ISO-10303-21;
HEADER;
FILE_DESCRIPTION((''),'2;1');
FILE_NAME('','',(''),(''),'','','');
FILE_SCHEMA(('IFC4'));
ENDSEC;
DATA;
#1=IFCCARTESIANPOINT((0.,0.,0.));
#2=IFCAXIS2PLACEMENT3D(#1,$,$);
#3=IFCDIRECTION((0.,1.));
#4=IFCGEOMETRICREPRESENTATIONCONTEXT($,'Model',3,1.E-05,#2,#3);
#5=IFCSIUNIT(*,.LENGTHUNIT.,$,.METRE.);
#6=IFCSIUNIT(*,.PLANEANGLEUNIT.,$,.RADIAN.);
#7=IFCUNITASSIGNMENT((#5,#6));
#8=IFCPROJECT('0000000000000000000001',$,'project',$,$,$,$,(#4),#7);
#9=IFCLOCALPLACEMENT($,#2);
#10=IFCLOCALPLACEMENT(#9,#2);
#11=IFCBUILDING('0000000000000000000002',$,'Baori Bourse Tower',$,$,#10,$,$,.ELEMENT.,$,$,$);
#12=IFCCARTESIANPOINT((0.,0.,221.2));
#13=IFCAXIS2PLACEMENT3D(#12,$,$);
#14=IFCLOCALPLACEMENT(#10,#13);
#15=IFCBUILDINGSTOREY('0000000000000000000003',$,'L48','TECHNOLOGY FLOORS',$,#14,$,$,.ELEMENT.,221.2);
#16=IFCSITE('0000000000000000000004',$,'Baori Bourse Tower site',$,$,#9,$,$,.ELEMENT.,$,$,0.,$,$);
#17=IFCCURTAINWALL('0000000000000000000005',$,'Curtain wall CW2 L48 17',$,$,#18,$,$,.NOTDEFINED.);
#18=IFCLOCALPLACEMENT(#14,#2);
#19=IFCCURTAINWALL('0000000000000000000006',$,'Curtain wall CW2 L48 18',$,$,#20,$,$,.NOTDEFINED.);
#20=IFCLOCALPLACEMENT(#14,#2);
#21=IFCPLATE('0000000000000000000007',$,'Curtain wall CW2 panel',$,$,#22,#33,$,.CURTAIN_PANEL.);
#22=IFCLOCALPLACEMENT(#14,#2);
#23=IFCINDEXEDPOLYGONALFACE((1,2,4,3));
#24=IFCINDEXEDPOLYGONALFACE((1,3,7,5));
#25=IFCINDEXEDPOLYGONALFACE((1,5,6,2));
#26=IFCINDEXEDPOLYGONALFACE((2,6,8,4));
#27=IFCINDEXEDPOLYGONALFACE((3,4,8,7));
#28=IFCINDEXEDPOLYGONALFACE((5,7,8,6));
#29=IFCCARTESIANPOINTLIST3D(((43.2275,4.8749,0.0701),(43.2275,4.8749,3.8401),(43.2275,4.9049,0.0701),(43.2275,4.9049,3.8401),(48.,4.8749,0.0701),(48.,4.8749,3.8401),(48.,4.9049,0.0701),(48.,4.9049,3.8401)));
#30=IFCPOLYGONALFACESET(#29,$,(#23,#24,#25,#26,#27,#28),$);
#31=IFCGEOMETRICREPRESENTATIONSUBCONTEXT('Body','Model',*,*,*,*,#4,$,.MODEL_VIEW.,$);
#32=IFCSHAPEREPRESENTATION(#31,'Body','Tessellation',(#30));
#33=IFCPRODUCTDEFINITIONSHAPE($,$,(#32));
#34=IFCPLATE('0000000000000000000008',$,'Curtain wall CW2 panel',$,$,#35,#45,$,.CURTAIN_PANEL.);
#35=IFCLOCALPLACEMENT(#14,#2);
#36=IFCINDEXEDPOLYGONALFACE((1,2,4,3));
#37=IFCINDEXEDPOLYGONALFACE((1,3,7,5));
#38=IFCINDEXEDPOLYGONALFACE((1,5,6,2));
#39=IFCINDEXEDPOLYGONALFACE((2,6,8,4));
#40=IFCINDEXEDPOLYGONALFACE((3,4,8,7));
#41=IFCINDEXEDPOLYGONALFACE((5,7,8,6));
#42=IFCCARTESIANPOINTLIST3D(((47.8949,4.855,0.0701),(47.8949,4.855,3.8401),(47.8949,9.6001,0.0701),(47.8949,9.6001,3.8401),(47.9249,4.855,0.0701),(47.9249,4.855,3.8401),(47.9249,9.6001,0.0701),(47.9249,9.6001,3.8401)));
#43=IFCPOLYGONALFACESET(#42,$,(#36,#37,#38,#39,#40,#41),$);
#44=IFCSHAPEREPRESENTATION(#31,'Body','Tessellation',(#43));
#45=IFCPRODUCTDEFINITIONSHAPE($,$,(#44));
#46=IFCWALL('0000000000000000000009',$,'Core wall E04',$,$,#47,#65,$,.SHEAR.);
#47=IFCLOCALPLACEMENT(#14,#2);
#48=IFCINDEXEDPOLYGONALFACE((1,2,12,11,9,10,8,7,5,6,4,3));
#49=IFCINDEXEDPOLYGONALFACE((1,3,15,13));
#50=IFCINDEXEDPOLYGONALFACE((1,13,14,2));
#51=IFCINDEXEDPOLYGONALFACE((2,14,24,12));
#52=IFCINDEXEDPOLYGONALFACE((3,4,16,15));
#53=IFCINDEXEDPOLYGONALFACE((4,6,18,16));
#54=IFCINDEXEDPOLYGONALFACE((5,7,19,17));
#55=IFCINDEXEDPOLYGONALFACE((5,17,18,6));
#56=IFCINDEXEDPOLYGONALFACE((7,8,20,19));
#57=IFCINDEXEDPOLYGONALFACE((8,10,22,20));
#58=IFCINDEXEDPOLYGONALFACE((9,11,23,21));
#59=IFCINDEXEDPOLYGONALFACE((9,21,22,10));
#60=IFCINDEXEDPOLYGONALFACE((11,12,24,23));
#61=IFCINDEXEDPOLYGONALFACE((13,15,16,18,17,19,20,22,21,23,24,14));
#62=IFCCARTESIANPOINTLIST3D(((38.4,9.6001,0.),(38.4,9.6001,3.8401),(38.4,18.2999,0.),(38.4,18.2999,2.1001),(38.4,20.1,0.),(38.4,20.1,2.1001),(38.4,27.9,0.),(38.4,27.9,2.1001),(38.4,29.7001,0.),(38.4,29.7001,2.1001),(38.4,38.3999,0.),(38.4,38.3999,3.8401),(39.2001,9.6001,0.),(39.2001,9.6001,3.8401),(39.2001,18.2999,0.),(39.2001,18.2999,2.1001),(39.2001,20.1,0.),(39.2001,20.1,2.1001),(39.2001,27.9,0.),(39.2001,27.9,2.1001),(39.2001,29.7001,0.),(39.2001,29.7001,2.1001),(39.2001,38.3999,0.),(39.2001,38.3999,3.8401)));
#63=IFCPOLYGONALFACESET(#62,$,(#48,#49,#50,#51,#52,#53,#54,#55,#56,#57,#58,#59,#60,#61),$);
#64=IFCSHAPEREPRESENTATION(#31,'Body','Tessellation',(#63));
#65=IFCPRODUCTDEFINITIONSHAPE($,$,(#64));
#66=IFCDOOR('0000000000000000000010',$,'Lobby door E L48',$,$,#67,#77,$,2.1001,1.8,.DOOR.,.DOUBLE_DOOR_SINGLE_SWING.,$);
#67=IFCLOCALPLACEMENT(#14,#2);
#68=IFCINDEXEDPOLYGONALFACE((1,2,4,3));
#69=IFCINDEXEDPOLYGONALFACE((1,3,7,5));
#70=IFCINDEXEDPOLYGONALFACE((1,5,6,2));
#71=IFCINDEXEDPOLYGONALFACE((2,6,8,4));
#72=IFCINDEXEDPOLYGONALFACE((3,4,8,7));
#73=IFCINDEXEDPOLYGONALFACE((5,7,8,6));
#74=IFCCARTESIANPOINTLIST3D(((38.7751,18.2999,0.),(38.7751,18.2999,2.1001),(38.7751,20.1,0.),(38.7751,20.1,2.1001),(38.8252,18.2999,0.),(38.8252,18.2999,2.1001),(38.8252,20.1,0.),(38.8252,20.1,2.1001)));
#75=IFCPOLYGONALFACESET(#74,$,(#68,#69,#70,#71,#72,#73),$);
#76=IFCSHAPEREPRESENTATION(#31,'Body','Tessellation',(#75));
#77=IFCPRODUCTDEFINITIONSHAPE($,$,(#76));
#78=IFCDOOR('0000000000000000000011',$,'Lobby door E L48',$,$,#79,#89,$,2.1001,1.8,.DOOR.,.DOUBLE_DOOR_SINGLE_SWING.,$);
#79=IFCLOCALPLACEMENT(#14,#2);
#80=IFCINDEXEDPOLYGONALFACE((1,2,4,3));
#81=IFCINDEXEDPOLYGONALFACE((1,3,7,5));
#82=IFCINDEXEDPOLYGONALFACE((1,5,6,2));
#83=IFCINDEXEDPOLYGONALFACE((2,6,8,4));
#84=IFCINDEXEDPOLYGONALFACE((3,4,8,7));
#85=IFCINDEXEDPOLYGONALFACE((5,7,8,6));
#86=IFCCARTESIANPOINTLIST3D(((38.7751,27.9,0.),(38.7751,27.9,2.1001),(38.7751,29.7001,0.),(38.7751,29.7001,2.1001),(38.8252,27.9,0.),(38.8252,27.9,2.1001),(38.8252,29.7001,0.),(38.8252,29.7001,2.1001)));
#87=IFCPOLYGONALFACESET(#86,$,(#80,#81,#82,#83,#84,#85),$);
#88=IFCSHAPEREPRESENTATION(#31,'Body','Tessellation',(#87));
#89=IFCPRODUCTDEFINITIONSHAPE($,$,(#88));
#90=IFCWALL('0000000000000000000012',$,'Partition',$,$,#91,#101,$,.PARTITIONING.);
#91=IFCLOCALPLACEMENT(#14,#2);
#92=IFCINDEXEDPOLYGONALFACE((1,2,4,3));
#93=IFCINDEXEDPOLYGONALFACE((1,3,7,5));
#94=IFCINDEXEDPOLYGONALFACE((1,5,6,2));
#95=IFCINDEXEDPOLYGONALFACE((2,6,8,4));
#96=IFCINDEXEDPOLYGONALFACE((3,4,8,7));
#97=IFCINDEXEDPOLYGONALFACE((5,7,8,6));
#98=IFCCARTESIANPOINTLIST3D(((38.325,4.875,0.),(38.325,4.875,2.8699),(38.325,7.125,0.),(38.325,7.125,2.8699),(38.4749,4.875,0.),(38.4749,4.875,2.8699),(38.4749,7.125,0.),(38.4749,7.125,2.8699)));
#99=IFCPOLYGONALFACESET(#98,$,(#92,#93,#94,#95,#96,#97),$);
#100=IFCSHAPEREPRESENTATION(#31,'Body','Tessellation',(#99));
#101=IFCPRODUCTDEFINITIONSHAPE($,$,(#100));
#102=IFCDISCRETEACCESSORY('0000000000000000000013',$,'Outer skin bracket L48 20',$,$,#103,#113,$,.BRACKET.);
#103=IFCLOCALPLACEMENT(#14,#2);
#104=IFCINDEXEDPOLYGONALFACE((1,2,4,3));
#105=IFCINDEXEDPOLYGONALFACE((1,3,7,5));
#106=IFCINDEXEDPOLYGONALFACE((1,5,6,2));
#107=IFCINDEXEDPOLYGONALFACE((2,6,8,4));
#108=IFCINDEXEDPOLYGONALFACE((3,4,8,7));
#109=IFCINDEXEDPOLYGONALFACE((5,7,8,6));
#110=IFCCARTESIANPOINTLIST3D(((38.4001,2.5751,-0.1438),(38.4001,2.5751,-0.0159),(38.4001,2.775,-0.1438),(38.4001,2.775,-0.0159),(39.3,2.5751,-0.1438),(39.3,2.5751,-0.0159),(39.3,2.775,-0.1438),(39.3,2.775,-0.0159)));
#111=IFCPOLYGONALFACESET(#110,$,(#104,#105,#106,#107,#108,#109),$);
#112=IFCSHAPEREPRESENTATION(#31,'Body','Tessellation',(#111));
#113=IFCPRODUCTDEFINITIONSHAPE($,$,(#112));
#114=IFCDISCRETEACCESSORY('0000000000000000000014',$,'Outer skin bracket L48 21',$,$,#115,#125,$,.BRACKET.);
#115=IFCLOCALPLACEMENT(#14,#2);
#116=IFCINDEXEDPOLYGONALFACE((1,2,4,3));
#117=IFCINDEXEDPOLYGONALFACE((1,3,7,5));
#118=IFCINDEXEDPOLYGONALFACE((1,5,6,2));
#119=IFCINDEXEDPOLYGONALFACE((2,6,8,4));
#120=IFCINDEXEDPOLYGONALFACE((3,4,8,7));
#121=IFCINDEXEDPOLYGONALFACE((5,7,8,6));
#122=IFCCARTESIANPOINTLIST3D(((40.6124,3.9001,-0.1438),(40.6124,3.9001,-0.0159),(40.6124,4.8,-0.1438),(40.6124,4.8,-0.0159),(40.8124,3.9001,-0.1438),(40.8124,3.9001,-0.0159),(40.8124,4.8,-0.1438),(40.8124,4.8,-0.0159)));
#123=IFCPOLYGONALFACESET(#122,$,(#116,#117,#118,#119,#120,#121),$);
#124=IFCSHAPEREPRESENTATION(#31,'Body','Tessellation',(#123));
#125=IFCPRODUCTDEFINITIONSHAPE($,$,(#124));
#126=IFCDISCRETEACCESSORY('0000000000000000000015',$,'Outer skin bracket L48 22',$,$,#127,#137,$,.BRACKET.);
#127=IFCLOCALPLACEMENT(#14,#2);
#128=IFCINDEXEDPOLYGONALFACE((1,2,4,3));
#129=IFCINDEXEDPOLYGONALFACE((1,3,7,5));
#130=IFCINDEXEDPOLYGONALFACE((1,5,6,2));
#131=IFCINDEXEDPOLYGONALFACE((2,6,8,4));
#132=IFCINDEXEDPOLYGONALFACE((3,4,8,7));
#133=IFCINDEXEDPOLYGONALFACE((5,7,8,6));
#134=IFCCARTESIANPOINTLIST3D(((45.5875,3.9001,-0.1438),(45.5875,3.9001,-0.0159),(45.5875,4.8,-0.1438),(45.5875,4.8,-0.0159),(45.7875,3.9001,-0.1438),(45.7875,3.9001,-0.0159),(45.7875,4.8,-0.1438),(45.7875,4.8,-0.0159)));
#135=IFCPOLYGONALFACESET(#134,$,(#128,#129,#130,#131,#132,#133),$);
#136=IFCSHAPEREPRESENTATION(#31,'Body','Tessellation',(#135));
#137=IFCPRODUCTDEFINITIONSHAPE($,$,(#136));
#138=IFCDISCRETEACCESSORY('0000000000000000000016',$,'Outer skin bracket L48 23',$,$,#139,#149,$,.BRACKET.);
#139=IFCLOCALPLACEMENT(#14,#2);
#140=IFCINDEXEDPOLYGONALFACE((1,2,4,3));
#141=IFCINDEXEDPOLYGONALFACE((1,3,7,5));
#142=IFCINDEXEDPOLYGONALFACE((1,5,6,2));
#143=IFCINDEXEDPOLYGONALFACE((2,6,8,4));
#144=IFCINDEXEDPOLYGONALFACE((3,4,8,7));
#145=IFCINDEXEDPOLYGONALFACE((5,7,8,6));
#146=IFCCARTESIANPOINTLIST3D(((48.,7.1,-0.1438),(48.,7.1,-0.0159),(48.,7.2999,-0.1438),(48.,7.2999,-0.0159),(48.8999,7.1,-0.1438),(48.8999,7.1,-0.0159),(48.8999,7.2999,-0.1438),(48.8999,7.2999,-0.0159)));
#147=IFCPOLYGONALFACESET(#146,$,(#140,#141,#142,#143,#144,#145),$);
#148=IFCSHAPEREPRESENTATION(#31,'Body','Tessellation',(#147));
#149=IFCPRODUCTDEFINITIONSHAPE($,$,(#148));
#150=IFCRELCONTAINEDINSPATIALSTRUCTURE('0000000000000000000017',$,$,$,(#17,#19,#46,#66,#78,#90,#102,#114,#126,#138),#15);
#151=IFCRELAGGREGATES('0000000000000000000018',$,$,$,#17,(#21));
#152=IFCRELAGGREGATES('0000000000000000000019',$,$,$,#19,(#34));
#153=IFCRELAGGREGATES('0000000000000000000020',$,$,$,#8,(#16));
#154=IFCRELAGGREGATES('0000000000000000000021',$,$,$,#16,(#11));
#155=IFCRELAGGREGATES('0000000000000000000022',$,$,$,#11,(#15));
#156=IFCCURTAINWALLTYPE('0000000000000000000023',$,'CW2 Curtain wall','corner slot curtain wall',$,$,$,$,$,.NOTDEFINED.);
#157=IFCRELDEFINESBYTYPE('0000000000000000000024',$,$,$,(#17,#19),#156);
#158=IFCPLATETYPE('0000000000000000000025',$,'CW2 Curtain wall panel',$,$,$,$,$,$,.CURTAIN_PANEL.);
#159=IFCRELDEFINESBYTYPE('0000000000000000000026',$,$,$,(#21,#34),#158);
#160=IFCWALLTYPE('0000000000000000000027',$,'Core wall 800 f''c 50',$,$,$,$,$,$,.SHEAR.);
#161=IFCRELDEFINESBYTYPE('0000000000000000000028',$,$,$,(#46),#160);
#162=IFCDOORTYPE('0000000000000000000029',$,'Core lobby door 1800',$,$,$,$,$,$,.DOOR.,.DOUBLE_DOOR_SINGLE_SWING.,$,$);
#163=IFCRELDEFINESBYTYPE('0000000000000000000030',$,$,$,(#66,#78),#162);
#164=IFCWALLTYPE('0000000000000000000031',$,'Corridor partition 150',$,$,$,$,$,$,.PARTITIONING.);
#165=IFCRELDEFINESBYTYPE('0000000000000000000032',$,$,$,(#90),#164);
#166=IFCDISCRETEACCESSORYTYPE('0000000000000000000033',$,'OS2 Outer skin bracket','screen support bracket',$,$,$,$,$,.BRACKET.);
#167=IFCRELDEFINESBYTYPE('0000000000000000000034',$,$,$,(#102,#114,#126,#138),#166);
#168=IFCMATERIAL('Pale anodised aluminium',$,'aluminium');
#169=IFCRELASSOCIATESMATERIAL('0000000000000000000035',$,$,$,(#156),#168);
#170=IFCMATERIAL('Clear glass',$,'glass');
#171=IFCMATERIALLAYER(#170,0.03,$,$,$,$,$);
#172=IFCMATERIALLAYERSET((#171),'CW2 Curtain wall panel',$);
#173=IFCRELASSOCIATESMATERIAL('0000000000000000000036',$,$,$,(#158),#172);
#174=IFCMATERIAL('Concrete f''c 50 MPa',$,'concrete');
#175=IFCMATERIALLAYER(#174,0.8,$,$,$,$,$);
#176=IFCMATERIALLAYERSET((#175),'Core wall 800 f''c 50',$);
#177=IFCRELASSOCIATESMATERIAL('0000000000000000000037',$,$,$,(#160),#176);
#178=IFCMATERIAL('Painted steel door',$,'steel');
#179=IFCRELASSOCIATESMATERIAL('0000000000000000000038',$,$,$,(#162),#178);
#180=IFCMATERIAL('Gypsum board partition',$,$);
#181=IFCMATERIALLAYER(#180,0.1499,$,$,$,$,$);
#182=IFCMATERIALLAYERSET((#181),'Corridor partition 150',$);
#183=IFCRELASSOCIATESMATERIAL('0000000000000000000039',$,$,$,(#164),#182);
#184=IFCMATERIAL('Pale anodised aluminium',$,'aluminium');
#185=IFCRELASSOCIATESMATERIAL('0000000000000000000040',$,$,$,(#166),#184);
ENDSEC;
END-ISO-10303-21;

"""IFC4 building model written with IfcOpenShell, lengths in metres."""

from ifc_helpers import new_model, si_unit, direction, frame, frame_2d, origin, origin_2d, place, context, subcontext, project, spatial, rectangle, extrude, material, layer, layer_set, type_object, element, fill, aggregate, save


model = new_model("IFC4")

# Units and contexts
model_context = context("Model", 3, precision=1e-05, world=origin(), true_north=direction((0.0, 1.0)))
body_context = subcontext(model_context, "Body", "Model", "MODEL_VIEW")
ifc_project = project(units=[si_unit("LENGTHUNIT", "METRE"), si_unit("PLANEANGLEUNIT", "RADIAN")], contexts=[model_context])

# Site, building, storey
site_placement = place(None, origin())
site = spatial("IfcSite", under=ifc_project, at=site_placement, Name="Baori Bourse Tower site", CompositionType="ELEMENT", RefElevation=0.0)
building_placement = place(site_placement, origin())
building = spatial("IfcBuilding", under=site, at=building_placement, Name="Baori Bourse Tower", CompositionType="ELEMENT")
storey_placement = place(building_placement, frame((0.0, 0.0, 221.2)))
storey = spatial("IfcBuildingStorey", under=building, at=storey_placement, Name="L48", Description="TECHNOLOGY FLOORS", CompositionType="ELEMENT", Elevation=221.2)

# Curtain wall
ifc_material_1 = material(Name="Pale anodised aluminium", Category="aluminium")
curtain_wall_type = type_object("IfcCurtainWallType", Name="CW2 Curtain wall", Description="corner slot curtain wall", PredefinedType="NOTDEFINED", material=ifc_material_1)
curtain_wall_1_placement = place(storey_placement, origin())
curtain_wall_1 = element("IfcCurtainWall", 1, at=curtain_wall_1_placement, inside=storey, type_object=curtain_wall_type, Name="Curtain wall CW2 L48 17", PredefinedType="NOTDEFINED")

# Curtain wall
curtain_wall_2_placement = place(storey_placement, origin())
curtain_wall_2 = element("IfcCurtainWall", 2, at=curtain_wall_2_placement, inside=storey, type_object=curtain_wall_type, Name="Curtain wall CW2 L48 18", PredefinedType="NOTDEFINED")

# Plates
ifc_material_2 = material(Name="Clear glass", Category="glass")
ifc_layer_1 = layer(ifc_material_2, 0.03)
ifc_layer_set_1 = layer_set([ifc_layer_1], Name="CW2 Curtain wall panel")
plate_type = type_object("IfcPlateType", Name="CW2 Curtain wall panel", PredefinedType="CURTAIN_PANEL", material=ifc_layer_set_1)
plate_1_placement = place(storey_placement, frame((45.6138, 4.8899, 0.0701), z_axis=(0.0, 0.0, 1.0), x_axis=(1.0, 0.0, 0.0)))
plate_1 = element("IfcPlate", 3, at=plate_1_placement, type_object=plate_type, Name="Curtain wall CW2 panel", PredefinedType="CURTAIN_PANEL", context=body_context, shape_type="SweptSolid", body=[
    extrude(rectangle(XDim=4.7725, YDim=0.03, at=origin_2d()), origin(), (0.0, 0.0, 1.0), 3.77),
])
aggregate(curtain_wall_1, [plate_1])
plate_2_placement = place(storey_placement, frame((47.9099, 7.2275, 0.0701), z_axis=(0.0, 0.0, 1.0), x_axis=(0.0, 1.0, 0.0)))
plate_2 = element("IfcPlate", 4, at=plate_2_placement, type_object=plate_type, Name="Curtain wall CW2 panel", PredefinedType="CURTAIN_PANEL", context=body_context, shape_type="SweptSolid", body=[
    extrude(rectangle(XDim=4.7451, YDim=0.03, at=origin_2d()), origin(), (0.0, 0.0, 1.0), 3.77),
])
aggregate(curtain_wall_2, [plate_2])

# Wall, openings, doors
ifc_material_3 = material(Name="Concrete f'c 50 MPa", Category="concrete")
ifc_layer_2 = layer(ifc_material_3, 0.8)
ifc_layer_set_2 = layer_set([ifc_layer_2], Name="Core wall 800 f'c 50")
wall_type_1 = type_object("IfcWallType", Name="Core wall 800 f'c 50", PredefinedType="SHEAR", material=ifc_layer_set_2)
wall_1_placement = place(storey_placement, frame((38.8, 9.6001, 0.0), z_axis=(0.0, 0.0, 1.0), x_axis=(0.0, 1.0, 0.0)))
wall_1 = element("IfcWall", 5, at=wall_1_placement, inside=storey, type_object=wall_type_1, Name="Core wall E04", PredefinedType="SHEAR", context=body_context, shape_type="SweptSolid", body=[
    extrude(rectangle(XDim=28.7998, YDim=0.8, at=frame_2d((14.3999, 0.0))), origin(), (0.0, 0.0, 1.0), 3.8401),
])
opening_1_placement = place(wall_1_placement, frame((8.7, 0.0, 0.0)))
opening_1 = element("IfcOpeningElement", 6, at=opening_1_placement, cuts=wall_1, PredefinedType="OPENING", context=body_context, shape_type="SweptSolid", body=[
    extrude(rectangle(XDim=1.8, YDim=2.1001, at=frame_2d((0.8999, 1.05))), frame((0.0, 0.4099, 0.0), z_axis=(0.0, -1.0, 0.0), x_axis=(1.0, 0.0, 0.0)), (0.0, 0.0, 1.0), 0.8201),
])
opening_2_placement = place(wall_1_placement, frame((18.3, 0.0, 0.0)))
opening_2 = element("IfcOpeningElement", 7, at=opening_2_placement, cuts=wall_1, PredefinedType="OPENING", context=body_context, shape_type="SweptSolid", body=[
    extrude(rectangle(XDim=1.8, YDim=2.1001, at=frame_2d((0.8999, 1.05))), frame((0.0, 0.4099, 0.0), z_axis=(0.0, -1.0, 0.0), x_axis=(1.0, 0.0, 0.0)), (0.0, 0.0, 1.0), 0.8201),
])
ifc_material_4 = material(Name="Painted steel door", Category="steel")
door_type = type_object("IfcDoorType", Name="Core lobby door 1800", OperationType="DOUBLE_DOOR_SINGLE_SWING", PredefinedType="DOOR", material=ifc_material_4)
door_1_placement = place(opening_1_placement, origin())
door_1 = element("IfcDoor", 8, at=door_1_placement, inside=storey, type_object=door_type, Name="Lobby door E L48", OperationType="DOUBLE_DOOR_SINGLE_SWING", OverallHeight=2.1001, OverallWidth=1.8, PredefinedType="DOOR", context=body_context, shape_type="SweptSolid", body=[
    extrude(rectangle(XDim=1.8, YDim=2.1001, at=frame_2d((0.8999, 1.05))), frame((0.0, 0.0249, 0.0), z_axis=(0.0, -1.0, 0.0), x_axis=(1.0, 0.0, 0.0)), (0.0, 0.0, 1.0), 0.05),
])
fill(opening_1, door_1)
door_2_placement = place(opening_2_placement, origin())
door_2 = element("IfcDoor", 9, at=door_2_placement, inside=storey, type_object=door_type, Name="Lobby door E L48", OperationType="DOUBLE_DOOR_SINGLE_SWING", OverallHeight=2.1001, OverallWidth=1.8, PredefinedType="DOOR", context=body_context, shape_type="SweptSolid", body=[
    extrude(rectangle(XDim=1.8, YDim=2.1001, at=frame_2d((0.8999, 1.05))), frame((0.0, 0.0249, 0.0), z_axis=(0.0, -1.0, 0.0), x_axis=(1.0, 0.0, 0.0)), (0.0, 0.0, 1.0), 0.05),
])
fill(opening_2, door_2)

# Wall
ifc_material_5 = material(Name="Gypsum board partition")
ifc_layer_3 = layer(ifc_material_5, 0.1499)
ifc_layer_set_3 = layer_set([ifc_layer_3], Name="Corridor partition 150")
wall_type_2 = type_object("IfcWallType", Name="Corridor partition 150", PredefinedType="PARTITIONING", material=ifc_layer_set_3)
wall_2_placement = place(storey_placement, frame((38.3999, 4.875, 0.0), z_axis=(0.0, 0.0, 1.0), x_axis=(0.0, 1.0, 0.0)))
element("IfcWall", 10, at=wall_2_placement, inside=storey, type_object=wall_type_2, Name="Partition", PredefinedType="PARTITIONING", context=body_context, shape_type="SweptSolid", body=[
    extrude(rectangle(XDim=2.25, YDim=0.1499, at=frame_2d((1.125, 0.0))), origin(), (0.0, 0.0, 1.0), 2.8699),
])

# Discrete accessories
ifc_material_6 = material(Name="Pale anodised aluminium", Category="aluminium")
discrete_accessory_type = type_object("IfcDiscreteAccessoryType", Name="OS2 Outer skin bracket", Description="screen support bracket", PredefinedType="BRACKET", material=ifc_material_6)
for number, where, z_axis, x_axis, name in (
    (11, (38.8501, 2.675, -0.1438), (0.0, 0.0, 1.0), (0.0, 1.0, 0.0), "Outer skin bracket L48 20"),
    (12, (40.7124, 4.3501, -0.1438), (0.0, 0.0, 1.0), (1.0, 0.0, 0.0), "Outer skin bracket L48 21"),
    (13, (45.6875, 4.3501, -0.1438), (0.0, 0.0, 1.0), (1.0, 0.0, 0.0), "Outer skin bracket L48 22"),
    (14, (48.45, 7.2, -0.1438), (0.0, 0.0, 1.0), (0.0, 1.0, 0.0), "Outer skin bracket L48 23"),
):
    element("IfcDiscreteAccessory", number, at=place(storey_placement, frame(where, z_axis=z_axis, x_axis=x_axis)), inside=storey, type_object=discrete_accessory_type, Name=name, PredefinedType="BRACKET", context=body_context, shape_type="SweptSolid", body=[
        extrude(rectangle(XDim=0.2, YDim=0.8999, at=origin_2d()), origin(), (0.0, 0.0, 1.0), 0.1279),
    ])

save(model, "model.ifc")
